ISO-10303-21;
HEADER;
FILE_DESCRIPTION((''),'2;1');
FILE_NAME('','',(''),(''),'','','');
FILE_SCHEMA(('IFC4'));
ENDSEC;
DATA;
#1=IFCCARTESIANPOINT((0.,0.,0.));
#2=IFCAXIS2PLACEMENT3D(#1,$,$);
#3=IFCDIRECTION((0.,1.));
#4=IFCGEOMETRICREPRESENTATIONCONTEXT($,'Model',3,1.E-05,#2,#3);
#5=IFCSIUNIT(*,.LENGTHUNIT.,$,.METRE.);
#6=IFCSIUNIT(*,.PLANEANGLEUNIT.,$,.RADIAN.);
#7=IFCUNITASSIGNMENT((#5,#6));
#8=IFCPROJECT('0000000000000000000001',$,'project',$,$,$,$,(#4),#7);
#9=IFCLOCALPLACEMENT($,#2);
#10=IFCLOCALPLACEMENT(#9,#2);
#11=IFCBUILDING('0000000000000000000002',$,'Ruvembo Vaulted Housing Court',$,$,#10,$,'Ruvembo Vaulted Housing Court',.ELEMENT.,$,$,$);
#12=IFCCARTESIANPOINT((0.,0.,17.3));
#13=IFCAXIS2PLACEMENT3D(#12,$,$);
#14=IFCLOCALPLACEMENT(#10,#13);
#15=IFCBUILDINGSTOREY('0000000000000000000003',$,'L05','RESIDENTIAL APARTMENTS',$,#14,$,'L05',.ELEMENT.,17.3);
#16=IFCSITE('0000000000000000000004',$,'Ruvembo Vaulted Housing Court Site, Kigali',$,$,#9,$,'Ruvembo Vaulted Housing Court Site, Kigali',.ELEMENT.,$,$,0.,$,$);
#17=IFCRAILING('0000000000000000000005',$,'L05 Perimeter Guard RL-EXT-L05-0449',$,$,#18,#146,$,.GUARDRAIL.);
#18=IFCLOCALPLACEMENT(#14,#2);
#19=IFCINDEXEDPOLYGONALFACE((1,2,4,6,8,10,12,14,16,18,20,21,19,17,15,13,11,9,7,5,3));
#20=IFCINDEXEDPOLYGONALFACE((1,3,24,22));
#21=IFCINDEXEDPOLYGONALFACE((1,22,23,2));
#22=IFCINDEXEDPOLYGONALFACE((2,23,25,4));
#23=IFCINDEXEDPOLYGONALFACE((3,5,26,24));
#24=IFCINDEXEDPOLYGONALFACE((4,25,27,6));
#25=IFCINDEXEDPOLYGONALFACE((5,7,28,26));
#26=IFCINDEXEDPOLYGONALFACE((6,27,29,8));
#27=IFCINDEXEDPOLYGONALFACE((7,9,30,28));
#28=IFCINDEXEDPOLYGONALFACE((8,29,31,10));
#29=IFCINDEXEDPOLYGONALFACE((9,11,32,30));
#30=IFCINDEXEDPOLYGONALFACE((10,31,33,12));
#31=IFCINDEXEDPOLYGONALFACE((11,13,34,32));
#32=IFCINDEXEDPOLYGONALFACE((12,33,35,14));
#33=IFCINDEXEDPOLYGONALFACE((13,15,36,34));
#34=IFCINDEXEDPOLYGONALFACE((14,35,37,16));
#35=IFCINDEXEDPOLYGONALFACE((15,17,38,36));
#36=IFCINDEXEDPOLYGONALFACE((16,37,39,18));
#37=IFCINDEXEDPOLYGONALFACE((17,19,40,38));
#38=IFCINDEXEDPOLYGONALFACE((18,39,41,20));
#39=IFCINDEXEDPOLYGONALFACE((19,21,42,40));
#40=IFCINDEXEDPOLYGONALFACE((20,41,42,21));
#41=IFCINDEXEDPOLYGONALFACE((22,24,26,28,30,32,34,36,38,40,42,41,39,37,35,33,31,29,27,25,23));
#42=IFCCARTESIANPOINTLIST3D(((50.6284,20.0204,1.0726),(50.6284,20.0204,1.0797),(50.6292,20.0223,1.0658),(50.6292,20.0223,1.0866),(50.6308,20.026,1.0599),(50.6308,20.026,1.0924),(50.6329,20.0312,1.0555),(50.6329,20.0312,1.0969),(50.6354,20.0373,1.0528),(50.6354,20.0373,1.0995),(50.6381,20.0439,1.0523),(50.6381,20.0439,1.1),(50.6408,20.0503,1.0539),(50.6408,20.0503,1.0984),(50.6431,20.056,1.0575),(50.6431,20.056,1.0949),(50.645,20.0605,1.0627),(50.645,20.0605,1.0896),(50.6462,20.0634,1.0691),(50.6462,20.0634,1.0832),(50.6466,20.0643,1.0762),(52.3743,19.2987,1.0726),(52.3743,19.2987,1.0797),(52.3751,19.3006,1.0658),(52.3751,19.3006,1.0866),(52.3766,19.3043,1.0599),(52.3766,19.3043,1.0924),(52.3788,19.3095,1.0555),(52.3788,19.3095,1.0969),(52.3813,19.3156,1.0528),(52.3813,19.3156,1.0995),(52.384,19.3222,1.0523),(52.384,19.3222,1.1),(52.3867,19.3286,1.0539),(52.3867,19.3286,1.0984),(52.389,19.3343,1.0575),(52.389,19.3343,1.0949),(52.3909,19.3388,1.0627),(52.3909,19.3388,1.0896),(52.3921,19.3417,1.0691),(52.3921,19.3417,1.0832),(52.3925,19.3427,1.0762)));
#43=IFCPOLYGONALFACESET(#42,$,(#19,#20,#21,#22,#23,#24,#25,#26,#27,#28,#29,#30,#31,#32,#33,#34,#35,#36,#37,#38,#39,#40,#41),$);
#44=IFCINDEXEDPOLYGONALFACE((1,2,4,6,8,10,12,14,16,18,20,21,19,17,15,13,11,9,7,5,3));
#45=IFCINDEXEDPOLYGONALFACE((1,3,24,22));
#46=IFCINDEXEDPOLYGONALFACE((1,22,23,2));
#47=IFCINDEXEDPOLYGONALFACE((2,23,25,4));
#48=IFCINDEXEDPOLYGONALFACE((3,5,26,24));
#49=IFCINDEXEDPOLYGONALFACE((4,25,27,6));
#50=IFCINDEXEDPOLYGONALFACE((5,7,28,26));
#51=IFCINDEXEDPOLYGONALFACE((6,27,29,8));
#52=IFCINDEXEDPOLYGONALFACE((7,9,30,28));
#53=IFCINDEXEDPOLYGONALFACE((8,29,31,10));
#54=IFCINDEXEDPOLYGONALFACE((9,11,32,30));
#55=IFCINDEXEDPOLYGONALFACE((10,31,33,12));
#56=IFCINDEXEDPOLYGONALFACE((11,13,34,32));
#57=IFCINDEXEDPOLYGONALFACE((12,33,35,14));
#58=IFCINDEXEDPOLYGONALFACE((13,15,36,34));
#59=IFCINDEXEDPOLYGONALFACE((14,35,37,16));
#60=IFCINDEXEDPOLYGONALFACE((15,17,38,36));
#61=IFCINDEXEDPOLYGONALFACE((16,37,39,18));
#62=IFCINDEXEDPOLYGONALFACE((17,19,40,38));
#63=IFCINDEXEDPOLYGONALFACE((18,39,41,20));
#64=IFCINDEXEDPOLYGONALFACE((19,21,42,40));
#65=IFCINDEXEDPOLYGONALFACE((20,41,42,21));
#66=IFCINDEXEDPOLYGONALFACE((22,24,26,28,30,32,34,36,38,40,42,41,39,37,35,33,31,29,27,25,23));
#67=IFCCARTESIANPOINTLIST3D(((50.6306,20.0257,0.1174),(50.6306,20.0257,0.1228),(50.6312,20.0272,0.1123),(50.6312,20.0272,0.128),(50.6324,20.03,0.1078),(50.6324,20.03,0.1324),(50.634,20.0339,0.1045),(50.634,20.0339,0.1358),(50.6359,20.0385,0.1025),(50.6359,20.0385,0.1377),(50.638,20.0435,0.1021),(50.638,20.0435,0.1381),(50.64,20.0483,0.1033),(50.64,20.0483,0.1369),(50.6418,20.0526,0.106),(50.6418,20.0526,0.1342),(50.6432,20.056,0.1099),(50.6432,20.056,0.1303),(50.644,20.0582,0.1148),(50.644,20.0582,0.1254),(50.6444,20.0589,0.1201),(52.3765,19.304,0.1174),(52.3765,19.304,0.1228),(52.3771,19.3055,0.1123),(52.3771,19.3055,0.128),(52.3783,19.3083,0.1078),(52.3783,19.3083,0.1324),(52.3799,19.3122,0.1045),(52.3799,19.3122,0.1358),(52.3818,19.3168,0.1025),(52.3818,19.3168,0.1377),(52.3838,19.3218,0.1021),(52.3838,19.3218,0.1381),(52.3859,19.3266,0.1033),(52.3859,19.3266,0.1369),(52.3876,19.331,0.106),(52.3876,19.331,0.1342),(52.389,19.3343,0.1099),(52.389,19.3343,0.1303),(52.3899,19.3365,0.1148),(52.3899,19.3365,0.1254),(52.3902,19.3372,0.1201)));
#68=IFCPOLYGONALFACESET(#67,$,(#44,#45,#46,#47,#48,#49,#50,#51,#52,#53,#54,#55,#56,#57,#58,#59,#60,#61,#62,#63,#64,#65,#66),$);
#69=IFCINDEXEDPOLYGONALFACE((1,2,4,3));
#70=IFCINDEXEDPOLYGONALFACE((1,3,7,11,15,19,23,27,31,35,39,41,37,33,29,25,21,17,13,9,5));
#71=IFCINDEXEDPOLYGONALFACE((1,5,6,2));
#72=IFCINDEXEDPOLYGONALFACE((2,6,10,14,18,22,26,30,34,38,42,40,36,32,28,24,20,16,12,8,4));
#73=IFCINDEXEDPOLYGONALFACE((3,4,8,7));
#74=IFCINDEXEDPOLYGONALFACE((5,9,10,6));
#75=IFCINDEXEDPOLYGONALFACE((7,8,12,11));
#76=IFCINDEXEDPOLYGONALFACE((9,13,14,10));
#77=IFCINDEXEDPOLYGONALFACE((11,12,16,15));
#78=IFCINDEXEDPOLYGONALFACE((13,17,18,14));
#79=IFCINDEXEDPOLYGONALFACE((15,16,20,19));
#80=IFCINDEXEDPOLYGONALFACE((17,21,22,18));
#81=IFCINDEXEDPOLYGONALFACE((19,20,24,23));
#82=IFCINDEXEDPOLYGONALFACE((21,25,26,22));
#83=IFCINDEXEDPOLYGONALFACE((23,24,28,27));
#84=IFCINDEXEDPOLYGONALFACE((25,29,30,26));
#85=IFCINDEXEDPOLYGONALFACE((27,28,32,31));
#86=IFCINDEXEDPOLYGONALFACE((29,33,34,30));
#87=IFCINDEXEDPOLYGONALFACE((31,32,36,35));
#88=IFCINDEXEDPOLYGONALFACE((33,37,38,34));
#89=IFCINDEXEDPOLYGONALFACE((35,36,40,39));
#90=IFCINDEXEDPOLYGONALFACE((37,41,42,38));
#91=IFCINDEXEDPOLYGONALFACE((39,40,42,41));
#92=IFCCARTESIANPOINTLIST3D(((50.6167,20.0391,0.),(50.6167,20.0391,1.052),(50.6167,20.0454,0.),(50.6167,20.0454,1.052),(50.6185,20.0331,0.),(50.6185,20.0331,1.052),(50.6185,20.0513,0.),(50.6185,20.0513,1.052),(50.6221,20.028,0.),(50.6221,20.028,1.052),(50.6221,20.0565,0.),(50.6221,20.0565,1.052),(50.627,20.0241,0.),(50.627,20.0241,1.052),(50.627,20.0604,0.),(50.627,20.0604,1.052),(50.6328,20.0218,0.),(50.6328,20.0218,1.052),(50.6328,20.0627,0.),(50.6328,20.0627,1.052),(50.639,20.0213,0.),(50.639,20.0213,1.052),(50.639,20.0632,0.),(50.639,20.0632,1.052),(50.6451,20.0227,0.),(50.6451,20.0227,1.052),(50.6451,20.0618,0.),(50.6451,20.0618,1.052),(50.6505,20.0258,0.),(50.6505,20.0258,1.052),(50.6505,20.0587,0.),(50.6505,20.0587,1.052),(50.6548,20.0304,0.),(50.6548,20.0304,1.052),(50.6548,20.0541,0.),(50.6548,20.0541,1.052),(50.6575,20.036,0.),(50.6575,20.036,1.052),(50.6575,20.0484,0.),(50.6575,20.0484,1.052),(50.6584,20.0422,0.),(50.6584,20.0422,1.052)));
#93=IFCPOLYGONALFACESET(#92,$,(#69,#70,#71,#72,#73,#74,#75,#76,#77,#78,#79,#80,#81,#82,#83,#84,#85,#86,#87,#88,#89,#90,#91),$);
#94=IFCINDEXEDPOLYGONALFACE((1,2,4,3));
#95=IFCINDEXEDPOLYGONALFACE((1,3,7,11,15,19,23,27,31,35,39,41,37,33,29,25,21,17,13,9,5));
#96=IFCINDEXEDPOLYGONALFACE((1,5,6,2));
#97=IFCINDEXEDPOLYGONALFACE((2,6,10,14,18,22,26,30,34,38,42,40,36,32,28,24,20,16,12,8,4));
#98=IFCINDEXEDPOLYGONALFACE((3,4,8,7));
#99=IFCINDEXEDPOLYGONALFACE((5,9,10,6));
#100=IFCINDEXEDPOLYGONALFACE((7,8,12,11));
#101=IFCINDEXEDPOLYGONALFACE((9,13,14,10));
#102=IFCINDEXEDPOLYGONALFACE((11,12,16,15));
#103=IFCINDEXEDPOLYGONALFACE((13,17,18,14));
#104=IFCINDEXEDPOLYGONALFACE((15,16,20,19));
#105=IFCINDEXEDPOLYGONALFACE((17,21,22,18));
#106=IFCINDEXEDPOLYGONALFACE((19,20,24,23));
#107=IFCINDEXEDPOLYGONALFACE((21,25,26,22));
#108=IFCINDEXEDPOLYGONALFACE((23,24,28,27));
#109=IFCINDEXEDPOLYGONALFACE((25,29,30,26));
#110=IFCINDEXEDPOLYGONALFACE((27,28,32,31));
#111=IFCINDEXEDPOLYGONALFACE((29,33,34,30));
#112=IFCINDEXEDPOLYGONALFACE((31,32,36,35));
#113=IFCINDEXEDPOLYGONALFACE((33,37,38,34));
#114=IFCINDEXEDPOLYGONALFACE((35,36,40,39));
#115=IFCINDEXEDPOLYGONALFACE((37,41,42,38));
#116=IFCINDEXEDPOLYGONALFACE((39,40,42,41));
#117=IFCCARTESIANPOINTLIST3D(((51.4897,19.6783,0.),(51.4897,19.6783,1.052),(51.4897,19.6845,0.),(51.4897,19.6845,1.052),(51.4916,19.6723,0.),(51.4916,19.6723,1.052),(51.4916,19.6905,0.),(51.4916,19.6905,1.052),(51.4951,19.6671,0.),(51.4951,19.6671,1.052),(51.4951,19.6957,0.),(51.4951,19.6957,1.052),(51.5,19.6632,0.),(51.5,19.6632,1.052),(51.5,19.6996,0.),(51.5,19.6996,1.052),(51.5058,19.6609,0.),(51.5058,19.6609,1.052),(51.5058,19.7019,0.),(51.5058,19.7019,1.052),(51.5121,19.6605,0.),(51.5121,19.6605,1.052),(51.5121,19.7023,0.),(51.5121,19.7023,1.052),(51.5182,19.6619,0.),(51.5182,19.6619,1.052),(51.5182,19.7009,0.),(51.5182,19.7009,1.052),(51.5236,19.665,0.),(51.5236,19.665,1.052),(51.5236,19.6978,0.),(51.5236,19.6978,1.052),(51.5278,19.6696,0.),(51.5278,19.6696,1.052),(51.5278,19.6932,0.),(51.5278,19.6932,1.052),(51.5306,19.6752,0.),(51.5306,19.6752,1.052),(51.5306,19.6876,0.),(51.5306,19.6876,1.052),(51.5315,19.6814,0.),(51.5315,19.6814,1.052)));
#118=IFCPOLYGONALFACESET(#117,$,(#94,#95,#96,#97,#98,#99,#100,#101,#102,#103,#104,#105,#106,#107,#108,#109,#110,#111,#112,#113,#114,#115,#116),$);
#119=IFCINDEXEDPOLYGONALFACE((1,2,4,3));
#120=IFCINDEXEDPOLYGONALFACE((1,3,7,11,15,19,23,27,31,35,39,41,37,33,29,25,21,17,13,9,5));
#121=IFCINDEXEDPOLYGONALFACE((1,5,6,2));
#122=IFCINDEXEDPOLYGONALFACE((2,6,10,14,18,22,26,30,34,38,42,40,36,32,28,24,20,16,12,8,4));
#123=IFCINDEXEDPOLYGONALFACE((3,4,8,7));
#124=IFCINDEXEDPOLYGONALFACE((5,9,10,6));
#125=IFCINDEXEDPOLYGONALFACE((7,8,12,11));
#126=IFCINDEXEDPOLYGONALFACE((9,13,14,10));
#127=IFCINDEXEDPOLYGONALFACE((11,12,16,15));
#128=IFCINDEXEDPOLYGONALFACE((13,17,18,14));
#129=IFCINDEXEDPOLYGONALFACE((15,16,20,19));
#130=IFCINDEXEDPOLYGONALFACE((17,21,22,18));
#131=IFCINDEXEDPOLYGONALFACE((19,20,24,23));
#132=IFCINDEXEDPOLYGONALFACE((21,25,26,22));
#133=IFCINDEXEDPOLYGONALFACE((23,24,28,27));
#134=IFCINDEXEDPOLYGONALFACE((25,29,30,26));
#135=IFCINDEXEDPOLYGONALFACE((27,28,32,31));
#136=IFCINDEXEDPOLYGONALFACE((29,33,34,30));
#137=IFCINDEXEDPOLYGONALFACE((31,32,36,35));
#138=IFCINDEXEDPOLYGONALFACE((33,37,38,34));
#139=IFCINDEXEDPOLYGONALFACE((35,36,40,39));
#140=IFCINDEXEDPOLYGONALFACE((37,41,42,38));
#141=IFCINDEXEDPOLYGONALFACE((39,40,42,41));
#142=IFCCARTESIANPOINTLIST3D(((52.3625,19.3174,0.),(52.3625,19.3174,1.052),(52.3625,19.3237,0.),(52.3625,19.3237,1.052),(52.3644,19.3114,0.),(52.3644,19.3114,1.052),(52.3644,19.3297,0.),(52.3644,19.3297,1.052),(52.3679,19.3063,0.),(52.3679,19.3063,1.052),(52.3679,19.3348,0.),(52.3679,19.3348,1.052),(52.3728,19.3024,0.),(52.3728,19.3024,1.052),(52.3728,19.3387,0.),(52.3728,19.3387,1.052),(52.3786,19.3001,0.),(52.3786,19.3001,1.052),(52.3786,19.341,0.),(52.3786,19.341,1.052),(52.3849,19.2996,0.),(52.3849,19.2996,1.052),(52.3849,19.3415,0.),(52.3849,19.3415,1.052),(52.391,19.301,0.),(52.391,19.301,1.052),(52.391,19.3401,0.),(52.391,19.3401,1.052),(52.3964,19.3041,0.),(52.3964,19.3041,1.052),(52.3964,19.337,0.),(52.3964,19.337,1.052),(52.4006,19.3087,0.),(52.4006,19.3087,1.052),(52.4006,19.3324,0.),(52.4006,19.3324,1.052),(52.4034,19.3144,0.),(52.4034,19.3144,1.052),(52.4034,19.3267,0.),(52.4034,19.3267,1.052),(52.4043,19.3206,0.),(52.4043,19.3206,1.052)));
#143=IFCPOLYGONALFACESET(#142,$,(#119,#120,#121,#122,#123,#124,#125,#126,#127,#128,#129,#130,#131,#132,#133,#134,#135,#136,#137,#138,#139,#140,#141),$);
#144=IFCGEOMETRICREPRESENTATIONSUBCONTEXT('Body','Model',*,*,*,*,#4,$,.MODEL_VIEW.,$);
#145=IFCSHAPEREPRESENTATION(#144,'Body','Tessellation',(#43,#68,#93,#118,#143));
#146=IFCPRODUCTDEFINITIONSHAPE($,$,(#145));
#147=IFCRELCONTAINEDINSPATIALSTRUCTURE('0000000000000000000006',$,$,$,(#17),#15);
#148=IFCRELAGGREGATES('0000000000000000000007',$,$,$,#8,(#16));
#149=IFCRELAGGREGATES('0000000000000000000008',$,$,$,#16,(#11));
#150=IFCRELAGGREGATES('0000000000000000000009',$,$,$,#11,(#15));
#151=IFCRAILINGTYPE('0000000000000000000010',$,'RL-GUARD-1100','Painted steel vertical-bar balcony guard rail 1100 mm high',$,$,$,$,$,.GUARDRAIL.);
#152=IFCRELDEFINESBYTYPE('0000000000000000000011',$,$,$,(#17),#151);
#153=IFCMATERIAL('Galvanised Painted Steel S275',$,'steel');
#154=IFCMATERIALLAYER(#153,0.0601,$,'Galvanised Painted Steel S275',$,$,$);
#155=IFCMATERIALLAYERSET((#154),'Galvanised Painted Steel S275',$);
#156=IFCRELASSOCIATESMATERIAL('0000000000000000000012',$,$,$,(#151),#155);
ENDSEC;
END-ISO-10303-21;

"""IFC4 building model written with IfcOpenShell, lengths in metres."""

from ifc_helpers import new_model, si_unit, direction, frame, origin, origin_2d, place, context, subcontext, project, spatial, circle, extrude, material, layer, layer_set, type_object, element, save


model = new_model("IFC4")

# Units and contexts
model_context = context("Model", 3, precision=1e-05, world=origin(), true_north=direction((0.0, 1.0)))
body_context = subcontext(model_context, "Body", "Model", "MODEL_VIEW")
ifc_project = project(units=[si_unit("LENGTHUNIT", "METRE"), si_unit("PLANEANGLEUNIT", "RADIAN")], contexts=[model_context])

# Site, building, storey
site_placement = place(None, origin())
site = spatial("IfcSite", under=ifc_project, at=site_placement, Name="Ruvembo Vaulted Housing Court Site, Kigali", LongName="Ruvembo Vaulted Housing Court Site, Kigali", CompositionType="ELEMENT", RefElevation=0.0)
building_placement = place(site_placement, origin())
building = spatial("IfcBuilding", under=site, at=building_placement, Name="Ruvembo Vaulted Housing Court", LongName="Ruvembo Vaulted Housing Court", CompositionType="ELEMENT")
storey_placement = place(building_placement, frame((0.0, 0.0, 17.3)))
storey = spatial("IfcBuildingStorey", under=building, at=storey_placement, Name="L05", Description="RESIDENTIAL APARTMENTS", LongName="L05", CompositionType="ELEMENT", Elevation=17.3)

# Railing
ifc_material_1 = material(Name="Galvanised Painted Steel S275", Category="steel")
ifc_layer_1 = layer(ifc_material_1, 0.0601, Name="Galvanised Painted Steel S275")
ifc_layer_set_1 = layer_set([ifc_layer_1], Name="Galvanised Painted Steel S275")
railing_type = type_object("IfcRailingType", Name="RL-GUARD-1100", Description="Painted steel vertical-bar balcony guard rail 1100 mm high", PredefinedType="GUARDRAIL", material=ifc_layer_set_1)
railing_1_placement = place(storey_placement, frame((50.6375, 20.0422, 0.0)))
element("IfcRailing", 1, at=railing_1_placement, inside=storey, type_object=railing_type, Name="L05 Perimeter Guard RL-EXT-L05-0449", PredefinedType="GUARDRAIL", context=body_context, shape_type="SweptSolid", body=[
    extrude(circle(Radius=0.0239, at=origin_2d()), frame((0.0, 0.0, 1.0762), z_axis=(0.924155, -0.382017, 0.0), x_axis=(0.382017, 0.924155, 0.0)), (0.0, 0.0, 1.0), 1.8892),
    extrude(circle(Radius=0.0181, at=origin_2d()), frame((0.0, 0.0, 0.1201), z_axis=(0.924155, -0.382017, 0.0), x_axis=(0.382017, 0.924155, 0.0)), (0.0, 0.0, 1.0), 1.8892),
    extrude(circle(Radius=0.021, at=origin_2d()), origin(), (0.0, 0.0, 1.0), 1.052),
    extrude(circle(Radius=0.021, at=origin_2d()), frame((0.873, -0.3608, 0.0)), (0.0, 0.0, 1.0), 1.052),
    extrude(circle(Radius=0.021, at=origin_2d()), frame((1.7458, -0.7217, 0.0)), (0.0, 0.0, 1.0), 1.052),
])

save(model, "model.ifc")
